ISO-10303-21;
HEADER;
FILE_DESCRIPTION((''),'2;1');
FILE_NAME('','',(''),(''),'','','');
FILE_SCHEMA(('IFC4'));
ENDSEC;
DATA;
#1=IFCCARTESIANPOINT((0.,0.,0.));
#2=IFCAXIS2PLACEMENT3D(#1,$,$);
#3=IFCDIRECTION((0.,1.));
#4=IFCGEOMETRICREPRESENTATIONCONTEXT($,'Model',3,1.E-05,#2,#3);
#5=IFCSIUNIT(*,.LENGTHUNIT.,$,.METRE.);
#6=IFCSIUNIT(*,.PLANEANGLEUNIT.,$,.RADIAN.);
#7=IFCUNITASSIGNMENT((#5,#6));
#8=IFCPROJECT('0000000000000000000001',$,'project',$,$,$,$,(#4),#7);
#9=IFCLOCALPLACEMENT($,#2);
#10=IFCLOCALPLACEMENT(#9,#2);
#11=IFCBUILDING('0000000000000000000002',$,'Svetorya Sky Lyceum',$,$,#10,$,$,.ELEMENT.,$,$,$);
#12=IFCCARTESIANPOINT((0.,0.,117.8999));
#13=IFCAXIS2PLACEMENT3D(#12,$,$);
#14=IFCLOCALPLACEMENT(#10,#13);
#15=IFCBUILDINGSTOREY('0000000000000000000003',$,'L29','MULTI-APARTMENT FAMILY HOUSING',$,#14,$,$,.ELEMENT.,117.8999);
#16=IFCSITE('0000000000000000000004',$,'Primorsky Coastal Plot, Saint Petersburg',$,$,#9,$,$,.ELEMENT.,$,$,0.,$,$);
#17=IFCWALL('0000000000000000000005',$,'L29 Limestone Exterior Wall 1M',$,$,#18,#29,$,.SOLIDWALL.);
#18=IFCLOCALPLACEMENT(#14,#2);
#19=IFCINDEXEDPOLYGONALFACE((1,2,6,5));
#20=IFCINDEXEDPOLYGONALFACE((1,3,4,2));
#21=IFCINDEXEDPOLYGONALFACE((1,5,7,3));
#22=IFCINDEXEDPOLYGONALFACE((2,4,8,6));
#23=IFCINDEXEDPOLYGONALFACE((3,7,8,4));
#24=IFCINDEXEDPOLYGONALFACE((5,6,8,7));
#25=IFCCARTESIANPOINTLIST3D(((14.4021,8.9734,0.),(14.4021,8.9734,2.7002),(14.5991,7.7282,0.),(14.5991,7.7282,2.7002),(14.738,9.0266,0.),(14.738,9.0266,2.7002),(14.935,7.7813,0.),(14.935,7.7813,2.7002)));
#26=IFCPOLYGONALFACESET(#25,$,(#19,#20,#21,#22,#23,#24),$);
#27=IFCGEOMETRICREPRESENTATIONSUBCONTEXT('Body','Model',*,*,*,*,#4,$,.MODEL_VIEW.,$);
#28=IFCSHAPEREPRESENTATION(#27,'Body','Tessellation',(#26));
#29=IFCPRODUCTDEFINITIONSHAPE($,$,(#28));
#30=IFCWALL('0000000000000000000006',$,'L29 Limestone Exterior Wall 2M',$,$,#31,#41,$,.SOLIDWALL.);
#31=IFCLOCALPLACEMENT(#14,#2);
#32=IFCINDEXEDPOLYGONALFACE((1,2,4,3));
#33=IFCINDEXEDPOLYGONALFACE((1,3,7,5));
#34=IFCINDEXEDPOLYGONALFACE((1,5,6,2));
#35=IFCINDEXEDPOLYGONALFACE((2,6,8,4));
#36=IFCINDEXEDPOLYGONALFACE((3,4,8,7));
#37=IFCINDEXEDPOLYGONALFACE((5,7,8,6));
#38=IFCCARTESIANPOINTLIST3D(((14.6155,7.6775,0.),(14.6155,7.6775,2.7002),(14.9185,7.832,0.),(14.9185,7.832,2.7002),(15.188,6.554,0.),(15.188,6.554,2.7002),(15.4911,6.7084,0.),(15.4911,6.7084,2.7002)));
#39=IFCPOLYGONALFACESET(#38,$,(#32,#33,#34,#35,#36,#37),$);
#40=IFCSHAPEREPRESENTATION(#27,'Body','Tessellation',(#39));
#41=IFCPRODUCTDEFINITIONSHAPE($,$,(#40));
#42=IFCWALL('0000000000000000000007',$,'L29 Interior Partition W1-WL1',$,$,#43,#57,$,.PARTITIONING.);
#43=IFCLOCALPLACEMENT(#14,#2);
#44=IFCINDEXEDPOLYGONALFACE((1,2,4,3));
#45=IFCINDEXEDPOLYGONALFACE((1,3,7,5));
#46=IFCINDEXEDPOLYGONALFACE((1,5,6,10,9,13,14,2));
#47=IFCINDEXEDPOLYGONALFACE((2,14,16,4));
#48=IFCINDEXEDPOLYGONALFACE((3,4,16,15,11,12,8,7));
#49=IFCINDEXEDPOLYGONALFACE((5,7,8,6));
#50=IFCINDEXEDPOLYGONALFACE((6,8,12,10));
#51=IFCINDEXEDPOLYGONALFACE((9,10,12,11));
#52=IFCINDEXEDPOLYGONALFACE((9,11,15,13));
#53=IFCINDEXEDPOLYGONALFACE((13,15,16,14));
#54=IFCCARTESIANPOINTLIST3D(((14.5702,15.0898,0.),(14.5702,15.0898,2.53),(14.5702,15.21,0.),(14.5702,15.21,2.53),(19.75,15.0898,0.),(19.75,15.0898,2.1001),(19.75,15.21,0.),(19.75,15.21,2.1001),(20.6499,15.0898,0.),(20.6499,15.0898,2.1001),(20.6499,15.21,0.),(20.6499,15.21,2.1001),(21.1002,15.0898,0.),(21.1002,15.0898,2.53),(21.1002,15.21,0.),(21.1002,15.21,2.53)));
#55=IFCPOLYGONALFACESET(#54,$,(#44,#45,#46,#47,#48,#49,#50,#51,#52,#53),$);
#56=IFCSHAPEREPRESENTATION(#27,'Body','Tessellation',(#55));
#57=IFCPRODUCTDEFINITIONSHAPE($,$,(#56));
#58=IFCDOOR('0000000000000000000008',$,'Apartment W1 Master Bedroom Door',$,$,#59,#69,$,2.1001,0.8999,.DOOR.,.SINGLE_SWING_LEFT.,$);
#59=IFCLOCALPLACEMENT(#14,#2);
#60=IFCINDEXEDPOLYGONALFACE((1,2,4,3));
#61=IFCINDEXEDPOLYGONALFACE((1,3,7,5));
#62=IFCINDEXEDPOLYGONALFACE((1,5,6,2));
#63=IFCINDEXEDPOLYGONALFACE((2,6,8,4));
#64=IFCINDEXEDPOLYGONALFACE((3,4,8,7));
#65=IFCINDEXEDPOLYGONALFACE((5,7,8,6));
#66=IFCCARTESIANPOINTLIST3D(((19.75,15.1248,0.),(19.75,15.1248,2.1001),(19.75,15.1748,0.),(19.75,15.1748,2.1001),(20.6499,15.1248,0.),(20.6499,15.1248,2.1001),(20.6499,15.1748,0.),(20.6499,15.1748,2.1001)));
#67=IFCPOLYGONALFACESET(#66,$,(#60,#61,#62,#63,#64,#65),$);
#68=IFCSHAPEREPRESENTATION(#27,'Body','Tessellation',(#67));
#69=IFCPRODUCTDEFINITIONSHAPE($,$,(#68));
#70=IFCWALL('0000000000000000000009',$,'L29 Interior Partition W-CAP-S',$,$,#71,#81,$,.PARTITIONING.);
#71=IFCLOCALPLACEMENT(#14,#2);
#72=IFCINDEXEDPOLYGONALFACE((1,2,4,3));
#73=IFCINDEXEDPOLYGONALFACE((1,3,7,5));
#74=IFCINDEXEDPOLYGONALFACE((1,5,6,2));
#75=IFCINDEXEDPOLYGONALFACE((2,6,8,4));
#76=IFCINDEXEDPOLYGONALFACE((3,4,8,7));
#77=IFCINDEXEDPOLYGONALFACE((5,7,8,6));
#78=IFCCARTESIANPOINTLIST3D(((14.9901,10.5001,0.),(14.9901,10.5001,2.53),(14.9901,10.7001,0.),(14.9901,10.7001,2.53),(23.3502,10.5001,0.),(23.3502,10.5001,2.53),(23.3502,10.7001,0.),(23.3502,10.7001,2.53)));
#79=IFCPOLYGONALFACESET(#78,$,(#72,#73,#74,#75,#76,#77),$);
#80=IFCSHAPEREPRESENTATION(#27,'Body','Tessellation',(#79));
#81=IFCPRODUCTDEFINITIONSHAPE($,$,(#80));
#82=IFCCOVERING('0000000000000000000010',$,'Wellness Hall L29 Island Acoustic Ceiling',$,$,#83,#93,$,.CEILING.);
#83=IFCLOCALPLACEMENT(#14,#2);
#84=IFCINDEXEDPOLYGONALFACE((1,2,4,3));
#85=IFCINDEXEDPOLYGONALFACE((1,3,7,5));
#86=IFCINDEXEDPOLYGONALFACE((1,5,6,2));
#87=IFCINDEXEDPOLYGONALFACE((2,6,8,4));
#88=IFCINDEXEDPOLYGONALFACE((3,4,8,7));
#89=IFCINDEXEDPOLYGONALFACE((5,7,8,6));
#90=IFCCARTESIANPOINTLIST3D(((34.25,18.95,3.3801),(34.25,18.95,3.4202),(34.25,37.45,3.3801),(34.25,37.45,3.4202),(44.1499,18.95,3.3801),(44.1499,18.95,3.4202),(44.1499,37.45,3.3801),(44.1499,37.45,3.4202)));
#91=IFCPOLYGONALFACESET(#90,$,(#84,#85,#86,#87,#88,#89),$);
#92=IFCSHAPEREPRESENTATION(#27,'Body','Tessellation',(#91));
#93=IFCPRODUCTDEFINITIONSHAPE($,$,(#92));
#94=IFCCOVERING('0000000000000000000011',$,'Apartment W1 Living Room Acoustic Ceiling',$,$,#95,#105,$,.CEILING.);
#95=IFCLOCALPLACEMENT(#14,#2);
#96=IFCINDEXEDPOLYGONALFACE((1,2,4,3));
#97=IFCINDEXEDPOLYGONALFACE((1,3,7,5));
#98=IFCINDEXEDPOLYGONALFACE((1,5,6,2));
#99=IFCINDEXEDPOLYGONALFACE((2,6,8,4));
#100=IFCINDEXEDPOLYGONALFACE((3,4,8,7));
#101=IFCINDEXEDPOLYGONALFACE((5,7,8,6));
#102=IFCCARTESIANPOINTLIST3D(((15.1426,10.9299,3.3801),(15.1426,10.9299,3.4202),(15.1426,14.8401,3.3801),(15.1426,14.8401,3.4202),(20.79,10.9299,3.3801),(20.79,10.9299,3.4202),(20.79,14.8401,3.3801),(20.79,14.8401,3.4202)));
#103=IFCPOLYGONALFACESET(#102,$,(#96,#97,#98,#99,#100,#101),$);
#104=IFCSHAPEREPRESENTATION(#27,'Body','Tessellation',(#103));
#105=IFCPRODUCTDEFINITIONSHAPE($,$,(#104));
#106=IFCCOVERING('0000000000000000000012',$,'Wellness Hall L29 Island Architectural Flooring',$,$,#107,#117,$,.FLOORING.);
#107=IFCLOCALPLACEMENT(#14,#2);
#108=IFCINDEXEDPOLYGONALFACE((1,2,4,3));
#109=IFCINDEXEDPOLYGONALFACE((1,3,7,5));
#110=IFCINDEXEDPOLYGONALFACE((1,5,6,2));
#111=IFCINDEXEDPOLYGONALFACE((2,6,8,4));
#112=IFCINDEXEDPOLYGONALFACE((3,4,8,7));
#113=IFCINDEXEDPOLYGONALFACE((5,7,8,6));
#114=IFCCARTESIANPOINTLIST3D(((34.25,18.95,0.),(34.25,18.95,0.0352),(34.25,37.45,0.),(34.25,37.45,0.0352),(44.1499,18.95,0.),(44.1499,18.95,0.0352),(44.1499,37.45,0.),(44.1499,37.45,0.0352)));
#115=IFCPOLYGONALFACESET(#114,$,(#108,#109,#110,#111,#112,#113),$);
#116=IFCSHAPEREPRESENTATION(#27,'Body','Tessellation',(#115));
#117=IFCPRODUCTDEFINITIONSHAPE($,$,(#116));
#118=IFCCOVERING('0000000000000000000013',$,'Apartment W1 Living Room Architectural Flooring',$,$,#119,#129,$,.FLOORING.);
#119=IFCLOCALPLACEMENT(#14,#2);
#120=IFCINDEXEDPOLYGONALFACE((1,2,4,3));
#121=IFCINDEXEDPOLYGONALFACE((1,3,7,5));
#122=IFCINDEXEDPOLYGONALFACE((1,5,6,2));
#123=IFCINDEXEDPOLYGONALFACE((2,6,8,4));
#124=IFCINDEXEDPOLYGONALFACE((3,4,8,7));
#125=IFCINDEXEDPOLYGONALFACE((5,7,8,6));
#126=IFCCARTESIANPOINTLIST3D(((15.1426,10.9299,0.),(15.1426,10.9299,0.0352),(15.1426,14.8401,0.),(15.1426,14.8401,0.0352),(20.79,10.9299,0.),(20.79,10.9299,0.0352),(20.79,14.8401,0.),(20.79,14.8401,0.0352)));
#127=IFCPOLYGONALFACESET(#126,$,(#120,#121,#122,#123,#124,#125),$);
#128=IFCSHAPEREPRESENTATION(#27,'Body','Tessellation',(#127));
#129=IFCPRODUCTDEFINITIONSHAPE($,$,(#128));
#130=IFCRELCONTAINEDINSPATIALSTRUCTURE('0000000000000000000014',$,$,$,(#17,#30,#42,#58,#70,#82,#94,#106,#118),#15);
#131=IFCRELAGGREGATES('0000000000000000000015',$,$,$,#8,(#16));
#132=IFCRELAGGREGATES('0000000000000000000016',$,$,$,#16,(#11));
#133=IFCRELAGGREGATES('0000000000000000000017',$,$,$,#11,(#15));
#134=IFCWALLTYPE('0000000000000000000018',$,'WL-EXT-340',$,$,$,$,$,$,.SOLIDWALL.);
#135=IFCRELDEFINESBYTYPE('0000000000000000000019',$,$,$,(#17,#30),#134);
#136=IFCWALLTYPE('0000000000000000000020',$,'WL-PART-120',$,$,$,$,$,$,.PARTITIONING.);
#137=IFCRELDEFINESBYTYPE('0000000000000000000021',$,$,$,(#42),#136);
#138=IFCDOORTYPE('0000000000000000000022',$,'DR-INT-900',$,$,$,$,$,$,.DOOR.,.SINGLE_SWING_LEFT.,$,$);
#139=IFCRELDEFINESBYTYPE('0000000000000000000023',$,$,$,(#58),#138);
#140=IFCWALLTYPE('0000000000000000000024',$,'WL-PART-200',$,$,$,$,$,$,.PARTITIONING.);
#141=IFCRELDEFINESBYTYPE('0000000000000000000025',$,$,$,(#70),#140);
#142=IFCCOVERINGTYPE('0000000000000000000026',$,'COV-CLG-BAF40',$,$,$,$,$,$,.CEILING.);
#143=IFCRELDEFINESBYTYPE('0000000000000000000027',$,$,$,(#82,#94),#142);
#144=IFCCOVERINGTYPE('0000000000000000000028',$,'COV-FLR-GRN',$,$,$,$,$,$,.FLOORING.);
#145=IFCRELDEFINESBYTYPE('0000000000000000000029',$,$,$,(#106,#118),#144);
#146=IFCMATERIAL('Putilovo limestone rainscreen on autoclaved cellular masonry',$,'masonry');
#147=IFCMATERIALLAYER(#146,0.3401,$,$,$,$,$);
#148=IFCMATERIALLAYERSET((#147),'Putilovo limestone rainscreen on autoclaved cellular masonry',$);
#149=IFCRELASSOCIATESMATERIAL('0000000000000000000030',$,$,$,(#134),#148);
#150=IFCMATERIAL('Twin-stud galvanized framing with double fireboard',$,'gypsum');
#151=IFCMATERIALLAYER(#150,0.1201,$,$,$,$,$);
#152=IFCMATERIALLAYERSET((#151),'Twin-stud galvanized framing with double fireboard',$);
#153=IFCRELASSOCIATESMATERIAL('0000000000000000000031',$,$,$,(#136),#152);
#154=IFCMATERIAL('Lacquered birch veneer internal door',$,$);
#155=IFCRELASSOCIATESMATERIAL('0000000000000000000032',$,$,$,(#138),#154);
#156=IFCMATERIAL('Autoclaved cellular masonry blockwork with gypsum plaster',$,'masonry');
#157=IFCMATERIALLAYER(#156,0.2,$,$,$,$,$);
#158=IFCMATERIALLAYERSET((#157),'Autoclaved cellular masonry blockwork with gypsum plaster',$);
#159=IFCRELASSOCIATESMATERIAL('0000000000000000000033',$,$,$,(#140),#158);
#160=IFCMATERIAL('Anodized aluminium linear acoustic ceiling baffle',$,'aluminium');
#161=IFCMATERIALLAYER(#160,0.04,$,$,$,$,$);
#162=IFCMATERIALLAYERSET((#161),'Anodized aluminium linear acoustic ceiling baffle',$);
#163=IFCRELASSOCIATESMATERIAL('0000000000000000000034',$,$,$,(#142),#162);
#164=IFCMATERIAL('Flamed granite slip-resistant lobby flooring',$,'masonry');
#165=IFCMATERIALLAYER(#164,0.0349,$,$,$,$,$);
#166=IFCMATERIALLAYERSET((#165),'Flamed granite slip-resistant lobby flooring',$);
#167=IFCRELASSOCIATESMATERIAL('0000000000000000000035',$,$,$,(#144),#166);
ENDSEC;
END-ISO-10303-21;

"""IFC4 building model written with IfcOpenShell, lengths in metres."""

from ifc_helpers import new_model, si_unit, direction, frame, frame_2d, origin, place, context, subcontext, project, spatial, polyline, rectangle, outline, extrude, material, layer, layer_set, type_object, element, fill, save


model = new_model("IFC4")

# Units and contexts
model_context = context("Model", 3, precision=1e-05, world=origin(), true_north=direction((0.0, 1.0)))
body_context = subcontext(model_context, "Body", "Model", "MODEL_VIEW")
ifc_project = project(units=[si_unit("LENGTHUNIT", "METRE"), si_unit("PLANEANGLEUNIT", "RADIAN")], contexts=[model_context])

# Site, building, storey
site_placement = place(None, origin())
site = spatial("IfcSite", under=ifc_project, at=site_placement, Name="Primorsky Coastal Plot, Saint Petersburg", CompositionType="ELEMENT", RefElevation=0.0)
building_placement = place(site_placement, origin())
building = spatial("IfcBuilding", under=site, at=building_placement, Name="Svetorya Sky Lyceum", CompositionType="ELEMENT")
storey_placement = place(building_placement, frame((0.0, 0.0, 117.8999)))
storey = spatial("IfcBuildingStorey", under=building, at=storey_placement, Name="L29", Description="MULTI-APARTMENT FAMILY HOUSING", CompositionType="ELEMENT", Elevation=117.8999)

# Walls
ifc_material_1 = material(Name="Putilovo limestone rainscreen on autoclaved cellular masonry", Category="masonry")
ifc_layer_1 = layer(ifc_material_1, 0.3401)
ifc_layer_set_1 = layer_set([ifc_layer_1], Name="Putilovo limestone rainscreen on autoclaved cellular masonry")
wall_type_1 = type_object("IfcWallType", Name="WL-EXT-340", PredefinedType="SOLIDWALL", material=ifc_layer_set_1)
wall_1_placement = place(storey_placement, frame((14.5701, 9.0, 0.0), z_axis=(0.0, 0.0, 1.0), x_axis=(0.156261, -0.987716, 0.0)))
element("IfcWall", 1, at=wall_1_placement, inside=storey, type_object=wall_type_1, Name="L29 Limestone Exterior Wall 1M", PredefinedType="SOLIDWALL", context=body_context, shape_type="SweptSolid", body=[
    extrude(rectangle(XDim=1.2607, YDim=0.3401, at=frame_2d((0.6304, 0.0))), origin(), (0.0, 0.0, 1.0), 2.7002),
])
wall_2_placement = place(storey_placement, frame((14.7671, 7.7546, 0.0), z_axis=(0.0, 0.0, 1.0), x_axis=(0.454016, -0.890994, 0.0)))
element("IfcWall", 2, at=wall_2_placement, inside=storey, type_object=wall_type_1, Name="L29 Limestone Exterior Wall 2M", PredefinedType="SOLIDWALL", context=body_context, shape_type="SweptSolid", body=[
    extrude(rectangle(XDim=1.261, YDim=0.3401, at=frame_2d((0.6304, 0.0))), origin(), (0.0, 0.0, 1.0), 2.7002),
])

# Wall, opening, door
ifc_material_2 = material(Name="Twin-stud galvanized framing with double fireboard", Category="gypsum")
ifc_layer_2 = layer(ifc_material_2, 0.1201)
ifc_layer_set_2 = layer_set([ifc_layer_2], Name="Twin-stud galvanized framing with double fireboard")
wall_type_2 = type_object("IfcWallType", Name="WL-PART-120", PredefinedType="PARTITIONING", material=ifc_layer_set_2)
wall_3_placement = place(storey_placement, frame((14.5701, 15.1499, 0.0), z_axis=(0.0, 0.0, 1.0), x_axis=(1.0, 0.0, 0.0)))
wall_3 = element("IfcWall", 3, at=wall_3_placement, inside=storey, type_object=wall_type_2, Name="L29 Interior Partition W1-WL1", PredefinedType="PARTITIONING", context=body_context, shape_type="SweptSolid", body=[
    extrude(rectangle(XDim=6.53, YDim=0.1201, at=frame_2d((3.2651, 0.0))), origin(), (0.0, 0.0, 1.0), 2.53),
])
opening_placement = place(wall_3_placement, frame((5.1799, 0.0, 0.0)))
opening = element("IfcOpeningElement", 4, at=opening_placement, cuts=wall_3, PredefinedType="OPENING", context=body_context, shape_type="SweptSolid", body=[
    extrude(rectangle(XDim=0.8999, YDim=2.1001, at=frame_2d((0.45, 1.05))), frame((0.0, 0.0701, 0.0), z_axis=(0.0, -1.0, 0.0), x_axis=(1.0, 0.0, 0.0)), (0.0, 0.0, 1.0), 0.1401),
])
ifc_material_3 = material(Name="Lacquered birch veneer internal door")
door_type = type_object("IfcDoorType", Name="DR-INT-900", OperationType="SINGLE_SWING_LEFT", PredefinedType="DOOR", material=ifc_material_3)
door_placement = place(opening_placement, origin())
door = element("IfcDoor", 5, at=door_placement, inside=storey, type_object=door_type, Name="Apartment W1 Master Bedroom Door", OperationType="SINGLE_SWING_LEFT", OverallHeight=2.1001, OverallWidth=0.8999, PredefinedType="DOOR", context=body_context, shape_type="SweptSolid", body=[
    extrude(rectangle(XDim=0.8999, YDim=2.1001, at=frame_2d((0.45, 1.05))), frame((0.0, 0.0249, 0.0), z_axis=(0.0, -1.0, 0.0), x_axis=(1.0, 0.0, 0.0)), (0.0, 0.0, 1.0), 0.05),
])
fill(opening, door)

# Wall
ifc_material_4 = material(Name="Autoclaved cellular masonry blockwork with gypsum plaster", Category="masonry")
ifc_layer_3 = layer(ifc_material_4, 0.2)
ifc_layer_set_3 = layer_set([ifc_layer_3], Name="Autoclaved cellular masonry blockwork with gypsum plaster")
wall_type_3 = type_object("IfcWallType", Name="WL-PART-200", PredefinedType="PARTITIONING", material=ifc_layer_set_3)
wall_4_placement = place(storey_placement, frame((14.99, 10.6001, 0.0), z_axis=(0.0, 0.0, 1.0), x_axis=(1.0, 0.0, 0.0)))
element("IfcWall", 6, at=wall_4_placement, inside=storey, type_object=wall_type_3, Name="L29 Interior Partition W-CAP-S", PredefinedType="PARTITIONING", context=body_context, shape_type="SweptSolid", body=[
    extrude(rectangle(XDim=8.3601, YDim=0.2, at=frame_2d((4.1802, 0.0))), origin(), (0.0, 0.0, 1.0), 2.53),
])

# Coverings
ifc_material_5 = material(Name="Anodized aluminium linear acoustic ceiling baffle", Category="aluminium")
ifc_layer_4 = layer(ifc_material_5, 0.04)
ifc_layer_set_4 = layer_set([ifc_layer_4], Name="Anodized aluminium linear acoustic ceiling baffle")
covering_type_1 = type_object("IfcCoveringType", Name="COV-CLG-BAF40", PredefinedType="CEILING", material=ifc_layer_set_4)
covering_1_placement = place(storey_placement, frame((0.0, 0.0, 3.3801)))
element("IfcCovering", 7, at=covering_1_placement, inside=storey, type_object=covering_type_1, Name="Wellness Hall L29 Island Acoustic Ceiling", PredefinedType="CEILING", context=body_context, shape_type="SweptSolid", body=[
    extrude(outline(polyline([(34.25, 18.95), (44.1499, 18.95), (44.1499, 37.45), (34.25, 37.45), (34.25, 18.95)])), origin(), (0.0, 0.0, 1.0), 0.04),
])
covering_2_placement = place(storey_placement, frame((0.0, 0.0, 3.3801)))
element("IfcCovering", 8, at=covering_2_placement, inside=storey, type_object=covering_type_1, Name="Apartment W1 Living Room Acoustic Ceiling", PredefinedType="CEILING", context=body_context, shape_type="SweptSolid", body=[
    extrude(outline(polyline([(15.1426, 10.9299), (20.79, 10.9299), (20.79, 14.8401), (15.1426, 14.8401), (15.1426, 10.9299)])), origin(), (0.0, 0.0, 1.0), 0.04),
])
ifc_material_6 = material(Name="Flamed granite slip-resistant lobby flooring", Category="masonry")
ifc_layer_5 = layer(ifc_material_6, 0.0349)
ifc_layer_set_5 = layer_set([ifc_layer_5], Name="Flamed granite slip-resistant lobby flooring")
covering_type_2 = type_object("IfcCoveringType", Name="COV-FLR-GRN", PredefinedType="FLOORING", material=ifc_layer_set_5)
covering_3_placement = place(storey_placement, origin())
element("IfcCovering", 9, at=covering_3_placement, inside=storey, type_object=covering_type_2, Name="Wellness Hall L29 Island Architectural Flooring", PredefinedType="FLOORING", context=body_context, shape_type="SweptSolid", body=[
    extrude(outline(polyline([(34.25, 18.95), (44.1499, 18.95), (44.1499, 37.45), (34.25, 37.45), (34.25, 18.95)])), origin(), (0.0, 0.0, 1.0), 0.0352),
])
covering_4_placement = place(storey_placement, origin())
element("IfcCovering", 10, at=covering_4_placement, inside=storey, type_object=covering_type_2, Name="Apartment W1 Living Room Architectural Flooring", PredefinedType="FLOORING", context=body_context, shape_type="SweptSolid", body=[
    extrude(outline(polyline([(15.1426, 10.9299), (20.79, 10.9299), (20.79, 14.8401), (15.1426, 14.8401), (15.1426, 10.9299)])), origin(), (0.0, 0.0, 1.0), 0.0352),
])

save(model, "model.ifc")
